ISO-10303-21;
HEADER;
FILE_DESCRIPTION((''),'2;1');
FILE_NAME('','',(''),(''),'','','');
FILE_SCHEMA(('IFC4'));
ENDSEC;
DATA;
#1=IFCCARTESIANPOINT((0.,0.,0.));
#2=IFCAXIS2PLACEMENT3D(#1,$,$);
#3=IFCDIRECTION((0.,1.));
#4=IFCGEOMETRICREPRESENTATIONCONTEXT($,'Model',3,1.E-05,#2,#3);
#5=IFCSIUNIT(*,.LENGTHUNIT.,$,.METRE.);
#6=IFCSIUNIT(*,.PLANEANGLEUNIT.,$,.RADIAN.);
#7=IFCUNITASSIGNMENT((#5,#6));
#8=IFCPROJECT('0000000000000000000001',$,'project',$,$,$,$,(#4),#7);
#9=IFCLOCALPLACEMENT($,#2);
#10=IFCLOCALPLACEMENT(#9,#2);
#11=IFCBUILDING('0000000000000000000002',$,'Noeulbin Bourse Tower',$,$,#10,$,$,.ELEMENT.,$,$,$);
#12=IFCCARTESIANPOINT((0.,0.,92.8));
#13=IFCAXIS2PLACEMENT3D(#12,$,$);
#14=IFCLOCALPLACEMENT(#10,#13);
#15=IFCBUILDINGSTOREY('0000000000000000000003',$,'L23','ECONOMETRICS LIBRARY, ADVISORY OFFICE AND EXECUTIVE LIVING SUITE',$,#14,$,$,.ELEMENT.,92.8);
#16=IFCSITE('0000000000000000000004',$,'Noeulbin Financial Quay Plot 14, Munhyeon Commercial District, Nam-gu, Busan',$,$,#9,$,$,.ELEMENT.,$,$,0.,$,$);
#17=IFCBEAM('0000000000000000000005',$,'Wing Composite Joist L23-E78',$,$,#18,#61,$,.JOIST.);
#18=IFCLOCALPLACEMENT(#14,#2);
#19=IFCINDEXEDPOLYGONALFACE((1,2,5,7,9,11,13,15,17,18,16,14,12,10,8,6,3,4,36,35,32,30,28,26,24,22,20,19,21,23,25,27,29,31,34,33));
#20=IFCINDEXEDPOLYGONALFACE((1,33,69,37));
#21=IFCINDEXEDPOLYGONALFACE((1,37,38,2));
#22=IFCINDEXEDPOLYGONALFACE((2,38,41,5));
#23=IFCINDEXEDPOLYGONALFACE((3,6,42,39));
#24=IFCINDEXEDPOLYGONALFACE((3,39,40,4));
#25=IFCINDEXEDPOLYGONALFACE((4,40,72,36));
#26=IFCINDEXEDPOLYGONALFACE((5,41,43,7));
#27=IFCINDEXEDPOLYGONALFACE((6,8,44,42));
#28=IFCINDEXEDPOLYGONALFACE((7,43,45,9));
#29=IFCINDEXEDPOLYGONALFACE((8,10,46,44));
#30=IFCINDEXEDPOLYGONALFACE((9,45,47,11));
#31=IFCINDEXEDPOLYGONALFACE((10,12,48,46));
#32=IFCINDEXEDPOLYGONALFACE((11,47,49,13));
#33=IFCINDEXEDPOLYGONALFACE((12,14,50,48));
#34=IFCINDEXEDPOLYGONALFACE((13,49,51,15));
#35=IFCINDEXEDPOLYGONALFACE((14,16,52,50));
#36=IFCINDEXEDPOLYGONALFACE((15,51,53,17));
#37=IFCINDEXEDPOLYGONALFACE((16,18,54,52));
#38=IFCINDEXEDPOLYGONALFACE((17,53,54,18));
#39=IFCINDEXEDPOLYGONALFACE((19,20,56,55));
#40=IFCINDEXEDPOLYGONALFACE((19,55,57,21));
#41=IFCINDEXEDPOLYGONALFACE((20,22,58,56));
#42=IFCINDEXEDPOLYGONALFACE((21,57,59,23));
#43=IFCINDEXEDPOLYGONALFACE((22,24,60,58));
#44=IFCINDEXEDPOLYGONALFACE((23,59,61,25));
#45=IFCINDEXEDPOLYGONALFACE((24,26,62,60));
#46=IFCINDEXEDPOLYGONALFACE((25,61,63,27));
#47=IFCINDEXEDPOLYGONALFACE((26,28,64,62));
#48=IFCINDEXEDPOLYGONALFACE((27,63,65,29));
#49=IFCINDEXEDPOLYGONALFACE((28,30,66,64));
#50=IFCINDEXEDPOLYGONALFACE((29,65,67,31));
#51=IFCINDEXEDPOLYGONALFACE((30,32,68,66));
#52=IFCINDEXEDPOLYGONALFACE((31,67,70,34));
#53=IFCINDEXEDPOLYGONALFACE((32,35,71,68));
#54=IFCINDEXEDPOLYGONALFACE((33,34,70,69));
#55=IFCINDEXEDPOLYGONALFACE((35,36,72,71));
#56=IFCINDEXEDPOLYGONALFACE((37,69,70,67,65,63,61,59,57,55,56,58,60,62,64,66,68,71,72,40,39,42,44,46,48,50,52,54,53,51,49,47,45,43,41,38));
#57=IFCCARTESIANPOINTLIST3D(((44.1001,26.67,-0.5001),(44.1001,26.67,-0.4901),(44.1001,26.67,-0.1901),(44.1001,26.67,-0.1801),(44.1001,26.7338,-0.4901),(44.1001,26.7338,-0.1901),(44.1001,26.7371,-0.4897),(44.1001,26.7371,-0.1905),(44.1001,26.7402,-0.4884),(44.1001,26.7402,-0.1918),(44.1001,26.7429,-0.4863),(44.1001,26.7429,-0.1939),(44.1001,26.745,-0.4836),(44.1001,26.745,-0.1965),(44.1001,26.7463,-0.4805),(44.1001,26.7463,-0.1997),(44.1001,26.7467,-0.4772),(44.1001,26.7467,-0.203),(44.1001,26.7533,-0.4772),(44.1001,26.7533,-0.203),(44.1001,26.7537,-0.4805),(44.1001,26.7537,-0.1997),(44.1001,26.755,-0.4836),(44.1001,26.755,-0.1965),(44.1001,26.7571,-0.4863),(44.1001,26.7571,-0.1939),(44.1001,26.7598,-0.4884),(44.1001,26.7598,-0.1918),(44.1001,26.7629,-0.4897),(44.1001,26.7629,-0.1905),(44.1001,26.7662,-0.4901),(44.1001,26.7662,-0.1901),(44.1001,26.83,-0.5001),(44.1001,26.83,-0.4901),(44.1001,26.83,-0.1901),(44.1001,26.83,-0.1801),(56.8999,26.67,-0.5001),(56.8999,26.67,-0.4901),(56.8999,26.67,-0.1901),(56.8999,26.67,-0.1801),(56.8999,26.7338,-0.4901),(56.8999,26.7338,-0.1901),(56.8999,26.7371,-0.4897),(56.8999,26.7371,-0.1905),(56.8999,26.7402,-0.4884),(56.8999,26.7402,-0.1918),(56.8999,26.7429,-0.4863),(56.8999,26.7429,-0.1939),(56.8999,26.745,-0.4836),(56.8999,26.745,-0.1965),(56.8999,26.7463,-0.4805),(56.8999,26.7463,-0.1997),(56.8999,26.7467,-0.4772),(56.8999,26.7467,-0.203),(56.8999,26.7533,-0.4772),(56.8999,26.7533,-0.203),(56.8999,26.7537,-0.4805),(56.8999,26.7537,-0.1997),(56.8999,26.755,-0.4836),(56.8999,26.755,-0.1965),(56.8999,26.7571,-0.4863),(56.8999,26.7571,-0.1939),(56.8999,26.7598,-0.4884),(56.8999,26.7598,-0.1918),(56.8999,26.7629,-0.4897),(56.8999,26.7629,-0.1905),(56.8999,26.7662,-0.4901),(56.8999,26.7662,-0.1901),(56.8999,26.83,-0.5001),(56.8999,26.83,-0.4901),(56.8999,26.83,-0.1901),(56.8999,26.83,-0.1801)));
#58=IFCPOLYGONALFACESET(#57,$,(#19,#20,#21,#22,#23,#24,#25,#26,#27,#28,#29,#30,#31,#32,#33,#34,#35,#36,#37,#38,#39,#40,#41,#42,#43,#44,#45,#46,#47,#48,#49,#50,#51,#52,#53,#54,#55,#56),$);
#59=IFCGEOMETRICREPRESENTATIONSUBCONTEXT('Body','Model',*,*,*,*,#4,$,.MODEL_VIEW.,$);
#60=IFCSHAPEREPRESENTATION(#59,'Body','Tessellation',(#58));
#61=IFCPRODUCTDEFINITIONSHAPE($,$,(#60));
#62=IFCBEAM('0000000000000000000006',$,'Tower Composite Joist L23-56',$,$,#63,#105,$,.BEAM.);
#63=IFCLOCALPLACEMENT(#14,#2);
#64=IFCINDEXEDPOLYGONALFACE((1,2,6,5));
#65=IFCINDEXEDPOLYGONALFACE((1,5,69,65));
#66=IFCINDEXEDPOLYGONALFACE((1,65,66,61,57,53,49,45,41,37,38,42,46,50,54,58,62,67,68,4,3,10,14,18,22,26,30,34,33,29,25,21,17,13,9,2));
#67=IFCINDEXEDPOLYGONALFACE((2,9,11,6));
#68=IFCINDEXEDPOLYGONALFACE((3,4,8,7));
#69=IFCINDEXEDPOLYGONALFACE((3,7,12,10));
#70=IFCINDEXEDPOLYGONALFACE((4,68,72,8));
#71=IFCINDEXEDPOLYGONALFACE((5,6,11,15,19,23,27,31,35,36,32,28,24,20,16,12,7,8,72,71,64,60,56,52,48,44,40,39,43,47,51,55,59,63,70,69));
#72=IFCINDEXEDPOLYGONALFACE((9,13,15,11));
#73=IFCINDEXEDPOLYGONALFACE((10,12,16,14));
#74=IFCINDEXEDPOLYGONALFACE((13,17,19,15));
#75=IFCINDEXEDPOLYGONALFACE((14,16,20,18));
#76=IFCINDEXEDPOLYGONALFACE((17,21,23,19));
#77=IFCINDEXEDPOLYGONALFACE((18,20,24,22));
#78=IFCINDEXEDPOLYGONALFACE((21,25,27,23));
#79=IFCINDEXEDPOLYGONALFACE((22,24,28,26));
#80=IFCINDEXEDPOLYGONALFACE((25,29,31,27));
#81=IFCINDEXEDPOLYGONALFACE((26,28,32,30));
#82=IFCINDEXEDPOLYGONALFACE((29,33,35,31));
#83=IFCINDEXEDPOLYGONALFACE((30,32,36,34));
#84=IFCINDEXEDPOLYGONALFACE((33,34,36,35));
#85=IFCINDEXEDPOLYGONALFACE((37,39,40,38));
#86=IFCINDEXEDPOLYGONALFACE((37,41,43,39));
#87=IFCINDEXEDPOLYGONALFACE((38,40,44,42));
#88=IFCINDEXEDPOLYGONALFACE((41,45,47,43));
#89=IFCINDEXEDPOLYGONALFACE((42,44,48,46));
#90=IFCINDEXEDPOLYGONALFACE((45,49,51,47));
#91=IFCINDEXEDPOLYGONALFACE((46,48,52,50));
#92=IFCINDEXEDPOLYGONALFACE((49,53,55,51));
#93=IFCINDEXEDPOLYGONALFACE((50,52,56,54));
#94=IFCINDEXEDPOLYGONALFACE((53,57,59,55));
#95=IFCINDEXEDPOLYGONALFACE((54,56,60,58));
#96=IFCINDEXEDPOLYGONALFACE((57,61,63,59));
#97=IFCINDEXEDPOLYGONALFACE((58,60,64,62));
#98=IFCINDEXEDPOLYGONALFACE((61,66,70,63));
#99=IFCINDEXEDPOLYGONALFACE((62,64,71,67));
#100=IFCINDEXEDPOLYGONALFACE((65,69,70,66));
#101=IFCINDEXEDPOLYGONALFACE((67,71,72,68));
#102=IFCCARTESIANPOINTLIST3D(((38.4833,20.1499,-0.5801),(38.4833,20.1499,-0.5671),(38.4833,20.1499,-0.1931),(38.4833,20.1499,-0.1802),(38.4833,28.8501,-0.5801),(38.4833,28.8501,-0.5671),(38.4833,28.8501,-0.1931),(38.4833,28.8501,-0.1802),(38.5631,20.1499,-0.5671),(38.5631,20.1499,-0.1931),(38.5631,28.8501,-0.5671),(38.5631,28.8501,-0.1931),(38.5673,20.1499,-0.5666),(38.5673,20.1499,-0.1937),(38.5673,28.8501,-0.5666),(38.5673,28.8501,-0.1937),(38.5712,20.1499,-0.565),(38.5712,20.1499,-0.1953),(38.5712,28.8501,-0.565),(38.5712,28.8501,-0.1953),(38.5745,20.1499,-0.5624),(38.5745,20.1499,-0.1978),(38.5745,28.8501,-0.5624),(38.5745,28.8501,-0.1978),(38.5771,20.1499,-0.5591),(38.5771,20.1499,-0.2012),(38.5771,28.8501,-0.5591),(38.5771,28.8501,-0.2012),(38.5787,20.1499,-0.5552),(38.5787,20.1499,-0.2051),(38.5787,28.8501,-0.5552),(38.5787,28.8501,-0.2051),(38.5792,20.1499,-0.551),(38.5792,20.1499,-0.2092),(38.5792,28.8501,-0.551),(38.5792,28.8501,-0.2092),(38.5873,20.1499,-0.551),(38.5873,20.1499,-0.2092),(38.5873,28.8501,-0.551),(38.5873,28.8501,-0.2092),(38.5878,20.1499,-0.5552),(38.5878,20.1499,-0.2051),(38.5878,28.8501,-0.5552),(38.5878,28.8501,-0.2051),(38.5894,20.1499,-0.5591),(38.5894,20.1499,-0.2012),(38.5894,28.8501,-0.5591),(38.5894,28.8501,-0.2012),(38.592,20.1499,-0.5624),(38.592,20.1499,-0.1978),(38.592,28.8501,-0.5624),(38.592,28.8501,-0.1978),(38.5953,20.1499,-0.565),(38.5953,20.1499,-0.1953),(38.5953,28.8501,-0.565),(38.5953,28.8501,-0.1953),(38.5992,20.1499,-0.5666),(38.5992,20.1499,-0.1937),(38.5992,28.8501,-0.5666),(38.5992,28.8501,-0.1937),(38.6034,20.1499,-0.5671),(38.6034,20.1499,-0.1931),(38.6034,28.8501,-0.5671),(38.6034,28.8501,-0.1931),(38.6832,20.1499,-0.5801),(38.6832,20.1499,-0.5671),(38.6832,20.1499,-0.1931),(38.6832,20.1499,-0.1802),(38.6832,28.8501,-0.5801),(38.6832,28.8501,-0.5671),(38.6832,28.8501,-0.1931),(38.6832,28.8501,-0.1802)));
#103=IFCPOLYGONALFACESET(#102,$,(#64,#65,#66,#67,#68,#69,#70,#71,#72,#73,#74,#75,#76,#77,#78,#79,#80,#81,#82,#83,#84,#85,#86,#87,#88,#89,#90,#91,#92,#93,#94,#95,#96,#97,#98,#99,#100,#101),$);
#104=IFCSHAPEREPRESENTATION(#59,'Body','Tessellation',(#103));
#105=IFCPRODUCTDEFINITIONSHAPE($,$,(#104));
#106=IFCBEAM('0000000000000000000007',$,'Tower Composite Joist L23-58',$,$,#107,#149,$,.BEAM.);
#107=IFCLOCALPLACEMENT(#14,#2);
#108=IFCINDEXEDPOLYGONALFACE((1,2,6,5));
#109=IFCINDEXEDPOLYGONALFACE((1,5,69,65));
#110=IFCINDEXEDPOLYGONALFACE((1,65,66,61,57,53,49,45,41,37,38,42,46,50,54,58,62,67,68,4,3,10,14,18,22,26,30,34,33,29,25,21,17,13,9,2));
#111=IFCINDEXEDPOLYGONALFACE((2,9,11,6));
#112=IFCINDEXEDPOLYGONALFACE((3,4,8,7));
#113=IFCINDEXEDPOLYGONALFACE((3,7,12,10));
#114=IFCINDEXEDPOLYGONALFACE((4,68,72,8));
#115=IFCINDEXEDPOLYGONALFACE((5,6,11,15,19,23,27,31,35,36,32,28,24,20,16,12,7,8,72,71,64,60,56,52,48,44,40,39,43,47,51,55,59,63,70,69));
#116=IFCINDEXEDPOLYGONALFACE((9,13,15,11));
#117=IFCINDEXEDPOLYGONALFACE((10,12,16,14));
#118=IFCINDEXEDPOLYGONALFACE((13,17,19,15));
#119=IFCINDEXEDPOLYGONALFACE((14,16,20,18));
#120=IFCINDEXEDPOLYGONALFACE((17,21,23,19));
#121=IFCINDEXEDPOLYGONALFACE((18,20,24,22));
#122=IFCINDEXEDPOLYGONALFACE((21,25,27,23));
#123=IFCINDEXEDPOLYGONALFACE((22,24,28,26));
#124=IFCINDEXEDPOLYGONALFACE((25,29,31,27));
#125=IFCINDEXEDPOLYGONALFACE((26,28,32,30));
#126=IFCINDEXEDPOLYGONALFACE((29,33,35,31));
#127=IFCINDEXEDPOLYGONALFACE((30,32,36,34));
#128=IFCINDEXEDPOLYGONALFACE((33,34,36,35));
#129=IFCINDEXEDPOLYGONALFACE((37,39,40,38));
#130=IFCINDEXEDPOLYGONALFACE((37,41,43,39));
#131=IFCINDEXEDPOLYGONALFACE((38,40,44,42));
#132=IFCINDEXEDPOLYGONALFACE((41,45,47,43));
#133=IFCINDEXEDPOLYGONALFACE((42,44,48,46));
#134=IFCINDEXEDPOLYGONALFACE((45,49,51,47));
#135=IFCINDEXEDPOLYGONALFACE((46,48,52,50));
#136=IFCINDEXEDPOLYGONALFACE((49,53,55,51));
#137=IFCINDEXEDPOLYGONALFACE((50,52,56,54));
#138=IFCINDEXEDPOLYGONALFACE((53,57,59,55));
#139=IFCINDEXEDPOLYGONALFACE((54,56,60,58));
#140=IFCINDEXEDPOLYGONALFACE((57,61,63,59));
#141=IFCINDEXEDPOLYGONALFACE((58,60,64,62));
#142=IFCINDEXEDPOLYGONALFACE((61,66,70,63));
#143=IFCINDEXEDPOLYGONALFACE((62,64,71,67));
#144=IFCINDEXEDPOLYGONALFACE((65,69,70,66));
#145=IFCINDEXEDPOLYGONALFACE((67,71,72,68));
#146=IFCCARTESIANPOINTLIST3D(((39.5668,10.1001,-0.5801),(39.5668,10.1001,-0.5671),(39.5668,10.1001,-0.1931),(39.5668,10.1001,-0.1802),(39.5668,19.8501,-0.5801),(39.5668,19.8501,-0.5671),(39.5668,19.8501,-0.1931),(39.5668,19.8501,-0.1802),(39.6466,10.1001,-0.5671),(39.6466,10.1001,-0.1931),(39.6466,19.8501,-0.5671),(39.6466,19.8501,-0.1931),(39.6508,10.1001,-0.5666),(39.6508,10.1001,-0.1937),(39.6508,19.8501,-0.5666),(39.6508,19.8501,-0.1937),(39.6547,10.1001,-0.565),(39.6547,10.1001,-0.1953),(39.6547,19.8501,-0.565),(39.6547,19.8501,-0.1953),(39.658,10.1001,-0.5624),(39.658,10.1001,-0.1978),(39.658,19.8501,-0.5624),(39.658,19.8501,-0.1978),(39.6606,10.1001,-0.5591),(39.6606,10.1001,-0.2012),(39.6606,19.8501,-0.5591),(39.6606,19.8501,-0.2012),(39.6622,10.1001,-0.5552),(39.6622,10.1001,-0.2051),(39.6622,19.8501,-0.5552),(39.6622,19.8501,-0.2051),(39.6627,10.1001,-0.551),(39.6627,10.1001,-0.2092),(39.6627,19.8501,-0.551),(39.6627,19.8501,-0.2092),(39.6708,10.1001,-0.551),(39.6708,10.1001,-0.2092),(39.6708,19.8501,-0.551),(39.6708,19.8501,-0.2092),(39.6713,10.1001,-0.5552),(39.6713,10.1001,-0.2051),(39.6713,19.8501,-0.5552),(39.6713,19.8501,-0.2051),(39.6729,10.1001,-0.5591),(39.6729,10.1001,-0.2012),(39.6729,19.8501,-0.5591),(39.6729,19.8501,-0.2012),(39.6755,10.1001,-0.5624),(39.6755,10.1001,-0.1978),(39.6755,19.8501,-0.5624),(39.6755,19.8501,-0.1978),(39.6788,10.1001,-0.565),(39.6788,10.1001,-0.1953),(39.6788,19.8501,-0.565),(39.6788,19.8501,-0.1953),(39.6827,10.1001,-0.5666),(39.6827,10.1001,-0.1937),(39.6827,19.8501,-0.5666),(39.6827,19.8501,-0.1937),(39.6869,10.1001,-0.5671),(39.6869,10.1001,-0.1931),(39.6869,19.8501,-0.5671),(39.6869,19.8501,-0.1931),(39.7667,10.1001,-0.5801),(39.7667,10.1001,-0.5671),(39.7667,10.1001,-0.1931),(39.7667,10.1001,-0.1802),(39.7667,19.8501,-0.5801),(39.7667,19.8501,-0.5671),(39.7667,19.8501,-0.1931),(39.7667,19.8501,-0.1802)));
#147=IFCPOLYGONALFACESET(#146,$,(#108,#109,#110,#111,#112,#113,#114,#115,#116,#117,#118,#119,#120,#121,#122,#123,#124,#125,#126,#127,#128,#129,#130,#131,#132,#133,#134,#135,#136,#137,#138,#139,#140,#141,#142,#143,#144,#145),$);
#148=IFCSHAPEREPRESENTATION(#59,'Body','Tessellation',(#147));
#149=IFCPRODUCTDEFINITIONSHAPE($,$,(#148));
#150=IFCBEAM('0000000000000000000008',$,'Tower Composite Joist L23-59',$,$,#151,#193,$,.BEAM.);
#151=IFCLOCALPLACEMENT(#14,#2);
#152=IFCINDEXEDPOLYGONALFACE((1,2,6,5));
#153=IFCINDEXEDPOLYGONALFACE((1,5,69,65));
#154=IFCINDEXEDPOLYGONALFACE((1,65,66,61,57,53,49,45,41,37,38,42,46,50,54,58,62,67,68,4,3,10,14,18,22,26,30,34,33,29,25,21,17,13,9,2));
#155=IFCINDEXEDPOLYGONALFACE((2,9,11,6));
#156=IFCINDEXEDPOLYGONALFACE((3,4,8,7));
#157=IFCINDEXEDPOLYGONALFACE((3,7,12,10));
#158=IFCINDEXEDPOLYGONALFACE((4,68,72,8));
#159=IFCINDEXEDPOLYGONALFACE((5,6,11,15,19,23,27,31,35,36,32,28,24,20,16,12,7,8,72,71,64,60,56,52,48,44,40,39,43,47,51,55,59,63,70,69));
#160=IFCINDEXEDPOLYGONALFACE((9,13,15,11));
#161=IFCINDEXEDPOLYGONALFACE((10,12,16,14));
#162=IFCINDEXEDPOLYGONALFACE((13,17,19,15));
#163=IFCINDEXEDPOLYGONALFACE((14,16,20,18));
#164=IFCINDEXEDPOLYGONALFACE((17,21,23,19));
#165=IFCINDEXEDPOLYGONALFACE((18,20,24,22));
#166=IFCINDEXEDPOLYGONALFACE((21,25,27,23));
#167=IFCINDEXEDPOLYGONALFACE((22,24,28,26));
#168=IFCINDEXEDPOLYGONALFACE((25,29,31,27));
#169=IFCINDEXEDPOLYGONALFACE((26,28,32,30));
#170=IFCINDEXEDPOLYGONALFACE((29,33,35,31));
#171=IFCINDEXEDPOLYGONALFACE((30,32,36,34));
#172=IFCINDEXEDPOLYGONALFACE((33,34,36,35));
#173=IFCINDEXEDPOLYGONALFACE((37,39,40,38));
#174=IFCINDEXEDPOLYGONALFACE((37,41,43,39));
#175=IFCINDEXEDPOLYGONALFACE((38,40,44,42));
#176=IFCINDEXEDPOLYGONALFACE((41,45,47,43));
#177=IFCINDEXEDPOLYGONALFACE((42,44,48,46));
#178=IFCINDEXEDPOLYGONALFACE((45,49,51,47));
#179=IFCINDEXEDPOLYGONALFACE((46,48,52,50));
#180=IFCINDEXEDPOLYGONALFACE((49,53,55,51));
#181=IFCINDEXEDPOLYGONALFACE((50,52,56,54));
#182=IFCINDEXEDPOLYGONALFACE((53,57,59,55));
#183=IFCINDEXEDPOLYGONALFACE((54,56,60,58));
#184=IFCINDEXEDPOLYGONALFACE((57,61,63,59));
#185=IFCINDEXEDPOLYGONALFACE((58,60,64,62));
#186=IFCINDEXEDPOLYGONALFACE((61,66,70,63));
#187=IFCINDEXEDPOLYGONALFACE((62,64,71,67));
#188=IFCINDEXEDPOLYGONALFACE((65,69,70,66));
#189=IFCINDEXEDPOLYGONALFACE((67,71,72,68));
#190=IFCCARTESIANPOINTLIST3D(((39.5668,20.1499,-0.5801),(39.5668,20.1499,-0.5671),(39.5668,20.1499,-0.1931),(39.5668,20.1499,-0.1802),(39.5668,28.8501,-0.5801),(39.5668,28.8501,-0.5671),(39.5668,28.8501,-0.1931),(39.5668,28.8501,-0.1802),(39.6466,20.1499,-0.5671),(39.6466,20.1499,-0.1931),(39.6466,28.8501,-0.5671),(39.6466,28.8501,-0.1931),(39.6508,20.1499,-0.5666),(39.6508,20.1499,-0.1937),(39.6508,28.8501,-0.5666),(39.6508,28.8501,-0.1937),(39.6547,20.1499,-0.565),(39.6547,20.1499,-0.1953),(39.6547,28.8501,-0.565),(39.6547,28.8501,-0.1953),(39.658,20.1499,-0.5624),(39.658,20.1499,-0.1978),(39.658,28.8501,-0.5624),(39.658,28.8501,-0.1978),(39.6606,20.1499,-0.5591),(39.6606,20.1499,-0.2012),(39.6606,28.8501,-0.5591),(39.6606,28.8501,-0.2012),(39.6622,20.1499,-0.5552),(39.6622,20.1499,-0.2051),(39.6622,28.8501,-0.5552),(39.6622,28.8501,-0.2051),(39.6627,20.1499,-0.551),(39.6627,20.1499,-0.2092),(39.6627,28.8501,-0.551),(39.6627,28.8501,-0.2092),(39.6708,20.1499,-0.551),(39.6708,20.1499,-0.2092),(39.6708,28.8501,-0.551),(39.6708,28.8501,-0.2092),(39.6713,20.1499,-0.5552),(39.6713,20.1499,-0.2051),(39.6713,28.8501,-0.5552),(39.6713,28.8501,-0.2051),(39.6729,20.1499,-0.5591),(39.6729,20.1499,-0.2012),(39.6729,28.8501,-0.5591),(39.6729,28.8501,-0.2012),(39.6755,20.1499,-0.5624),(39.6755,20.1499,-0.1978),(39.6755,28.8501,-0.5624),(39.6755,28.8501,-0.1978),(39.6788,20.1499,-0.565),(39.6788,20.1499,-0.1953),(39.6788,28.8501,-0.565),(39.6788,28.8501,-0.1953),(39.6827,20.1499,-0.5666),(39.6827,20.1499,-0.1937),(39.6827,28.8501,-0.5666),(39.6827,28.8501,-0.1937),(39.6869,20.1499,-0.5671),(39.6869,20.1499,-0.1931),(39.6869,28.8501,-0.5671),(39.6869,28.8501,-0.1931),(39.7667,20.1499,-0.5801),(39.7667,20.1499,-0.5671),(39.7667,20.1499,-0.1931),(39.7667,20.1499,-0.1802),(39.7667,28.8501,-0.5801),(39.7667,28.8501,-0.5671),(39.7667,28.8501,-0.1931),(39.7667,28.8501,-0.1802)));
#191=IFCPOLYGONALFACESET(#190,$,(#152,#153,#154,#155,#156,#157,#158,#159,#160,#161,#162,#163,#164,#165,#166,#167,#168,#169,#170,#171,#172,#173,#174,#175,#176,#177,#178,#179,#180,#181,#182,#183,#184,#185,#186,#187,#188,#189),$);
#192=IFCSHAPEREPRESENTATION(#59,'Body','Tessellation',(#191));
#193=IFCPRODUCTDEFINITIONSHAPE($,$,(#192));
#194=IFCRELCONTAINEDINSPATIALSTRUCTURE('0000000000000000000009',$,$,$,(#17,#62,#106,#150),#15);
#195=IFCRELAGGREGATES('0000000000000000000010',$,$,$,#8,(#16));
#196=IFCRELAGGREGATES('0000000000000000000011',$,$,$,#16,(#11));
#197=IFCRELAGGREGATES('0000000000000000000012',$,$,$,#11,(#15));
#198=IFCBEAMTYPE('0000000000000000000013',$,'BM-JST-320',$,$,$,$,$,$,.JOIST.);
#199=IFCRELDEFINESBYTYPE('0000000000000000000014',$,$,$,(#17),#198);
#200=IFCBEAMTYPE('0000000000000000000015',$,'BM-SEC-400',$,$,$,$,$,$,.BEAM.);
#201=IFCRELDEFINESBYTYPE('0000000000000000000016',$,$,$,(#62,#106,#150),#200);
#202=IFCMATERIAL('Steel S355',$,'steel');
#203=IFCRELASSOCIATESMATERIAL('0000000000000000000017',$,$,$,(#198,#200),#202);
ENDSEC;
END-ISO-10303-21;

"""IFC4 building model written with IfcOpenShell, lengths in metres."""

from ifc_helpers import new_model, si_unit, direction, frame, origin, origin_2d, place, context, subcontext, project, spatial, i_section, extrude, material, material_profile, profile_set, type_object, element, save


model = new_model("IFC4")

# Units and contexts
model_context = context("Model", 3, precision=1e-05, world=origin(), true_north=direction((0.0, 1.0)))
body_context = subcontext(model_context, "Body", "Model", "MODEL_VIEW")
ifc_project = project(units=[si_unit("LENGTHUNIT", "METRE"), si_unit("PLANEANGLEUNIT", "RADIAN")], contexts=[model_context])

# Site, building, storey
site_placement = place(None, origin())
site = spatial("IfcSite", under=ifc_project, at=site_placement, Name="Noeulbin Financial Quay Plot 14, Munhyeon Commercial District, Nam-gu, Busan", CompositionType="ELEMENT", RefElevation=0.0)
building_placement = place(site_placement, origin())
building = spatial("IfcBuilding", under=site, at=building_placement, Name="Noeulbin Bourse Tower", CompositionType="ELEMENT")
storey_placement = place(building_placement, frame((0.0, 0.0, 92.8)))
storey = spatial("IfcBuildingStorey", under=building, at=storey_placement, Name="L23", Description="ECONOMETRICS LIBRARY, ADVISORY OFFICE AND EXECUTIVE LIVING SUITE", CompositionType="ELEMENT", Elevation=92.8)

# Beams
ifc_material_1 = material(Name="Steel S355", Category="steel")
ifc_material_profile_1 = material_profile(ifc_material_1, i_section(OverallWidth=0.1599, OverallDepth=0.3201, WebThickness=0.0066, FlangeThickness=0.01, FilletRadius=0.0129, at=origin_2d()), Name="H-320x160x6.5x10", Category="LoadBearing")
ifc_profile_set_1 = profile_set([ifc_material_profile_1], Name="Steel S355")
beam_type_1 = type_object("IfcBeamType", Name="BM-JST-320", PredefinedType="JOIST", material=ifc_profile_set_1)
for number, where, z_axis, x_axis, name in (
    (1, (44.1001, 26.75, -0.3401), (1.0, 0.0, 0.0), (0.0, 1.0, 0.0), "Wing Composite Joist L23-E78"),
):
    element("IfcBeam", number, at=place(storey_placement, frame(where, z_axis=z_axis, x_axis=x_axis)), inside=storey, type_object=beam_type_1, Name=name, PredefinedType="JOIST", context=body_context, shape_type="SweptSolid", body=[
        extrude(i_section(OverallWidth=0.1599, OverallDepth=0.3201, WebThickness=0.0066, FlangeThickness=0.01, FilletRadius=0.0129, at=origin_2d()), origin(), (0.0, 0.0, 1.0), 12.7998),
    ])
ifc_material_profile_2 = material_profile(ifc_material_1, i_section(OverallWidth=0.2, OverallDepth=0.3999, WebThickness=0.0081, FlangeThickness=0.0129, FilletRadius=0.0161, at=origin_2d()), Name="H-400x200x8x13", Category="LoadBearing")
ifc_profile_set_2 = profile_set([ifc_material_profile_2], Name="Steel S355")
beam_type_2 = type_object("IfcBeamType", Name="BM-SEC-400", PredefinedType="BEAM", material=ifc_profile_set_2)
beam_1_placement = place(storey_placement, frame((38.5833, 20.1499, -0.3801), z_axis=(0.0, 1.0, 0.0), x_axis=(-1.0, 0.0, 0.0)))
element("IfcBeam", 2, at=beam_1_placement, inside=storey, type_object=beam_type_2, Name="Tower Composite Joist L23-56", PredefinedType="BEAM", context=body_context, shape_type="SweptSolid", body=[
    extrude(i_section(OverallWidth=0.2, OverallDepth=0.3999, WebThickness=0.0081, FlangeThickness=0.0129, FilletRadius=0.0161, at=origin_2d()), origin(), (0.0, 0.0, 1.0), 8.7002),
])
beam_2_placement = place(storey_placement, frame((39.6667, 10.1001, -0.3801), z_axis=(0.0, 1.0, 0.0), x_axis=(-1.0, 0.0, 0.0)))
element("IfcBeam", 3, at=beam_2_placement, inside=storey, type_object=beam_type_2, Name="Tower Composite Joist L23-58", PredefinedType="BEAM", context=body_context, shape_type="SweptSolid", body=[
    extrude(i_section(OverallWidth=0.2, OverallDepth=0.3999, WebThickness=0.0081, FlangeThickness=0.0129, FilletRadius=0.0161, at=origin_2d()), origin(), (0.0, 0.0, 1.0), 9.75),
])
beam_3_placement = place(storey_placement, frame((39.6667, 20.1499, -0.3801), z_axis=(0.0, 1.0, 0.0), x_axis=(-1.0, 0.0, 0.0)))
element("IfcBeam", 4, at=beam_3_placement, inside=storey, type_object=beam_type_2, Name="Tower Composite Joist L23-59", PredefinedType="BEAM", context=body_context, shape_type="SweptSolid", body=[
    extrude(i_section(OverallWidth=0.2, OverallDepth=0.3999, WebThickness=0.0081, FlangeThickness=0.0129, FilletRadius=0.0161, at=origin_2d()), origin(), (0.0, 0.0, 1.0), 8.7002),
])

save(model, "model.ifc")
